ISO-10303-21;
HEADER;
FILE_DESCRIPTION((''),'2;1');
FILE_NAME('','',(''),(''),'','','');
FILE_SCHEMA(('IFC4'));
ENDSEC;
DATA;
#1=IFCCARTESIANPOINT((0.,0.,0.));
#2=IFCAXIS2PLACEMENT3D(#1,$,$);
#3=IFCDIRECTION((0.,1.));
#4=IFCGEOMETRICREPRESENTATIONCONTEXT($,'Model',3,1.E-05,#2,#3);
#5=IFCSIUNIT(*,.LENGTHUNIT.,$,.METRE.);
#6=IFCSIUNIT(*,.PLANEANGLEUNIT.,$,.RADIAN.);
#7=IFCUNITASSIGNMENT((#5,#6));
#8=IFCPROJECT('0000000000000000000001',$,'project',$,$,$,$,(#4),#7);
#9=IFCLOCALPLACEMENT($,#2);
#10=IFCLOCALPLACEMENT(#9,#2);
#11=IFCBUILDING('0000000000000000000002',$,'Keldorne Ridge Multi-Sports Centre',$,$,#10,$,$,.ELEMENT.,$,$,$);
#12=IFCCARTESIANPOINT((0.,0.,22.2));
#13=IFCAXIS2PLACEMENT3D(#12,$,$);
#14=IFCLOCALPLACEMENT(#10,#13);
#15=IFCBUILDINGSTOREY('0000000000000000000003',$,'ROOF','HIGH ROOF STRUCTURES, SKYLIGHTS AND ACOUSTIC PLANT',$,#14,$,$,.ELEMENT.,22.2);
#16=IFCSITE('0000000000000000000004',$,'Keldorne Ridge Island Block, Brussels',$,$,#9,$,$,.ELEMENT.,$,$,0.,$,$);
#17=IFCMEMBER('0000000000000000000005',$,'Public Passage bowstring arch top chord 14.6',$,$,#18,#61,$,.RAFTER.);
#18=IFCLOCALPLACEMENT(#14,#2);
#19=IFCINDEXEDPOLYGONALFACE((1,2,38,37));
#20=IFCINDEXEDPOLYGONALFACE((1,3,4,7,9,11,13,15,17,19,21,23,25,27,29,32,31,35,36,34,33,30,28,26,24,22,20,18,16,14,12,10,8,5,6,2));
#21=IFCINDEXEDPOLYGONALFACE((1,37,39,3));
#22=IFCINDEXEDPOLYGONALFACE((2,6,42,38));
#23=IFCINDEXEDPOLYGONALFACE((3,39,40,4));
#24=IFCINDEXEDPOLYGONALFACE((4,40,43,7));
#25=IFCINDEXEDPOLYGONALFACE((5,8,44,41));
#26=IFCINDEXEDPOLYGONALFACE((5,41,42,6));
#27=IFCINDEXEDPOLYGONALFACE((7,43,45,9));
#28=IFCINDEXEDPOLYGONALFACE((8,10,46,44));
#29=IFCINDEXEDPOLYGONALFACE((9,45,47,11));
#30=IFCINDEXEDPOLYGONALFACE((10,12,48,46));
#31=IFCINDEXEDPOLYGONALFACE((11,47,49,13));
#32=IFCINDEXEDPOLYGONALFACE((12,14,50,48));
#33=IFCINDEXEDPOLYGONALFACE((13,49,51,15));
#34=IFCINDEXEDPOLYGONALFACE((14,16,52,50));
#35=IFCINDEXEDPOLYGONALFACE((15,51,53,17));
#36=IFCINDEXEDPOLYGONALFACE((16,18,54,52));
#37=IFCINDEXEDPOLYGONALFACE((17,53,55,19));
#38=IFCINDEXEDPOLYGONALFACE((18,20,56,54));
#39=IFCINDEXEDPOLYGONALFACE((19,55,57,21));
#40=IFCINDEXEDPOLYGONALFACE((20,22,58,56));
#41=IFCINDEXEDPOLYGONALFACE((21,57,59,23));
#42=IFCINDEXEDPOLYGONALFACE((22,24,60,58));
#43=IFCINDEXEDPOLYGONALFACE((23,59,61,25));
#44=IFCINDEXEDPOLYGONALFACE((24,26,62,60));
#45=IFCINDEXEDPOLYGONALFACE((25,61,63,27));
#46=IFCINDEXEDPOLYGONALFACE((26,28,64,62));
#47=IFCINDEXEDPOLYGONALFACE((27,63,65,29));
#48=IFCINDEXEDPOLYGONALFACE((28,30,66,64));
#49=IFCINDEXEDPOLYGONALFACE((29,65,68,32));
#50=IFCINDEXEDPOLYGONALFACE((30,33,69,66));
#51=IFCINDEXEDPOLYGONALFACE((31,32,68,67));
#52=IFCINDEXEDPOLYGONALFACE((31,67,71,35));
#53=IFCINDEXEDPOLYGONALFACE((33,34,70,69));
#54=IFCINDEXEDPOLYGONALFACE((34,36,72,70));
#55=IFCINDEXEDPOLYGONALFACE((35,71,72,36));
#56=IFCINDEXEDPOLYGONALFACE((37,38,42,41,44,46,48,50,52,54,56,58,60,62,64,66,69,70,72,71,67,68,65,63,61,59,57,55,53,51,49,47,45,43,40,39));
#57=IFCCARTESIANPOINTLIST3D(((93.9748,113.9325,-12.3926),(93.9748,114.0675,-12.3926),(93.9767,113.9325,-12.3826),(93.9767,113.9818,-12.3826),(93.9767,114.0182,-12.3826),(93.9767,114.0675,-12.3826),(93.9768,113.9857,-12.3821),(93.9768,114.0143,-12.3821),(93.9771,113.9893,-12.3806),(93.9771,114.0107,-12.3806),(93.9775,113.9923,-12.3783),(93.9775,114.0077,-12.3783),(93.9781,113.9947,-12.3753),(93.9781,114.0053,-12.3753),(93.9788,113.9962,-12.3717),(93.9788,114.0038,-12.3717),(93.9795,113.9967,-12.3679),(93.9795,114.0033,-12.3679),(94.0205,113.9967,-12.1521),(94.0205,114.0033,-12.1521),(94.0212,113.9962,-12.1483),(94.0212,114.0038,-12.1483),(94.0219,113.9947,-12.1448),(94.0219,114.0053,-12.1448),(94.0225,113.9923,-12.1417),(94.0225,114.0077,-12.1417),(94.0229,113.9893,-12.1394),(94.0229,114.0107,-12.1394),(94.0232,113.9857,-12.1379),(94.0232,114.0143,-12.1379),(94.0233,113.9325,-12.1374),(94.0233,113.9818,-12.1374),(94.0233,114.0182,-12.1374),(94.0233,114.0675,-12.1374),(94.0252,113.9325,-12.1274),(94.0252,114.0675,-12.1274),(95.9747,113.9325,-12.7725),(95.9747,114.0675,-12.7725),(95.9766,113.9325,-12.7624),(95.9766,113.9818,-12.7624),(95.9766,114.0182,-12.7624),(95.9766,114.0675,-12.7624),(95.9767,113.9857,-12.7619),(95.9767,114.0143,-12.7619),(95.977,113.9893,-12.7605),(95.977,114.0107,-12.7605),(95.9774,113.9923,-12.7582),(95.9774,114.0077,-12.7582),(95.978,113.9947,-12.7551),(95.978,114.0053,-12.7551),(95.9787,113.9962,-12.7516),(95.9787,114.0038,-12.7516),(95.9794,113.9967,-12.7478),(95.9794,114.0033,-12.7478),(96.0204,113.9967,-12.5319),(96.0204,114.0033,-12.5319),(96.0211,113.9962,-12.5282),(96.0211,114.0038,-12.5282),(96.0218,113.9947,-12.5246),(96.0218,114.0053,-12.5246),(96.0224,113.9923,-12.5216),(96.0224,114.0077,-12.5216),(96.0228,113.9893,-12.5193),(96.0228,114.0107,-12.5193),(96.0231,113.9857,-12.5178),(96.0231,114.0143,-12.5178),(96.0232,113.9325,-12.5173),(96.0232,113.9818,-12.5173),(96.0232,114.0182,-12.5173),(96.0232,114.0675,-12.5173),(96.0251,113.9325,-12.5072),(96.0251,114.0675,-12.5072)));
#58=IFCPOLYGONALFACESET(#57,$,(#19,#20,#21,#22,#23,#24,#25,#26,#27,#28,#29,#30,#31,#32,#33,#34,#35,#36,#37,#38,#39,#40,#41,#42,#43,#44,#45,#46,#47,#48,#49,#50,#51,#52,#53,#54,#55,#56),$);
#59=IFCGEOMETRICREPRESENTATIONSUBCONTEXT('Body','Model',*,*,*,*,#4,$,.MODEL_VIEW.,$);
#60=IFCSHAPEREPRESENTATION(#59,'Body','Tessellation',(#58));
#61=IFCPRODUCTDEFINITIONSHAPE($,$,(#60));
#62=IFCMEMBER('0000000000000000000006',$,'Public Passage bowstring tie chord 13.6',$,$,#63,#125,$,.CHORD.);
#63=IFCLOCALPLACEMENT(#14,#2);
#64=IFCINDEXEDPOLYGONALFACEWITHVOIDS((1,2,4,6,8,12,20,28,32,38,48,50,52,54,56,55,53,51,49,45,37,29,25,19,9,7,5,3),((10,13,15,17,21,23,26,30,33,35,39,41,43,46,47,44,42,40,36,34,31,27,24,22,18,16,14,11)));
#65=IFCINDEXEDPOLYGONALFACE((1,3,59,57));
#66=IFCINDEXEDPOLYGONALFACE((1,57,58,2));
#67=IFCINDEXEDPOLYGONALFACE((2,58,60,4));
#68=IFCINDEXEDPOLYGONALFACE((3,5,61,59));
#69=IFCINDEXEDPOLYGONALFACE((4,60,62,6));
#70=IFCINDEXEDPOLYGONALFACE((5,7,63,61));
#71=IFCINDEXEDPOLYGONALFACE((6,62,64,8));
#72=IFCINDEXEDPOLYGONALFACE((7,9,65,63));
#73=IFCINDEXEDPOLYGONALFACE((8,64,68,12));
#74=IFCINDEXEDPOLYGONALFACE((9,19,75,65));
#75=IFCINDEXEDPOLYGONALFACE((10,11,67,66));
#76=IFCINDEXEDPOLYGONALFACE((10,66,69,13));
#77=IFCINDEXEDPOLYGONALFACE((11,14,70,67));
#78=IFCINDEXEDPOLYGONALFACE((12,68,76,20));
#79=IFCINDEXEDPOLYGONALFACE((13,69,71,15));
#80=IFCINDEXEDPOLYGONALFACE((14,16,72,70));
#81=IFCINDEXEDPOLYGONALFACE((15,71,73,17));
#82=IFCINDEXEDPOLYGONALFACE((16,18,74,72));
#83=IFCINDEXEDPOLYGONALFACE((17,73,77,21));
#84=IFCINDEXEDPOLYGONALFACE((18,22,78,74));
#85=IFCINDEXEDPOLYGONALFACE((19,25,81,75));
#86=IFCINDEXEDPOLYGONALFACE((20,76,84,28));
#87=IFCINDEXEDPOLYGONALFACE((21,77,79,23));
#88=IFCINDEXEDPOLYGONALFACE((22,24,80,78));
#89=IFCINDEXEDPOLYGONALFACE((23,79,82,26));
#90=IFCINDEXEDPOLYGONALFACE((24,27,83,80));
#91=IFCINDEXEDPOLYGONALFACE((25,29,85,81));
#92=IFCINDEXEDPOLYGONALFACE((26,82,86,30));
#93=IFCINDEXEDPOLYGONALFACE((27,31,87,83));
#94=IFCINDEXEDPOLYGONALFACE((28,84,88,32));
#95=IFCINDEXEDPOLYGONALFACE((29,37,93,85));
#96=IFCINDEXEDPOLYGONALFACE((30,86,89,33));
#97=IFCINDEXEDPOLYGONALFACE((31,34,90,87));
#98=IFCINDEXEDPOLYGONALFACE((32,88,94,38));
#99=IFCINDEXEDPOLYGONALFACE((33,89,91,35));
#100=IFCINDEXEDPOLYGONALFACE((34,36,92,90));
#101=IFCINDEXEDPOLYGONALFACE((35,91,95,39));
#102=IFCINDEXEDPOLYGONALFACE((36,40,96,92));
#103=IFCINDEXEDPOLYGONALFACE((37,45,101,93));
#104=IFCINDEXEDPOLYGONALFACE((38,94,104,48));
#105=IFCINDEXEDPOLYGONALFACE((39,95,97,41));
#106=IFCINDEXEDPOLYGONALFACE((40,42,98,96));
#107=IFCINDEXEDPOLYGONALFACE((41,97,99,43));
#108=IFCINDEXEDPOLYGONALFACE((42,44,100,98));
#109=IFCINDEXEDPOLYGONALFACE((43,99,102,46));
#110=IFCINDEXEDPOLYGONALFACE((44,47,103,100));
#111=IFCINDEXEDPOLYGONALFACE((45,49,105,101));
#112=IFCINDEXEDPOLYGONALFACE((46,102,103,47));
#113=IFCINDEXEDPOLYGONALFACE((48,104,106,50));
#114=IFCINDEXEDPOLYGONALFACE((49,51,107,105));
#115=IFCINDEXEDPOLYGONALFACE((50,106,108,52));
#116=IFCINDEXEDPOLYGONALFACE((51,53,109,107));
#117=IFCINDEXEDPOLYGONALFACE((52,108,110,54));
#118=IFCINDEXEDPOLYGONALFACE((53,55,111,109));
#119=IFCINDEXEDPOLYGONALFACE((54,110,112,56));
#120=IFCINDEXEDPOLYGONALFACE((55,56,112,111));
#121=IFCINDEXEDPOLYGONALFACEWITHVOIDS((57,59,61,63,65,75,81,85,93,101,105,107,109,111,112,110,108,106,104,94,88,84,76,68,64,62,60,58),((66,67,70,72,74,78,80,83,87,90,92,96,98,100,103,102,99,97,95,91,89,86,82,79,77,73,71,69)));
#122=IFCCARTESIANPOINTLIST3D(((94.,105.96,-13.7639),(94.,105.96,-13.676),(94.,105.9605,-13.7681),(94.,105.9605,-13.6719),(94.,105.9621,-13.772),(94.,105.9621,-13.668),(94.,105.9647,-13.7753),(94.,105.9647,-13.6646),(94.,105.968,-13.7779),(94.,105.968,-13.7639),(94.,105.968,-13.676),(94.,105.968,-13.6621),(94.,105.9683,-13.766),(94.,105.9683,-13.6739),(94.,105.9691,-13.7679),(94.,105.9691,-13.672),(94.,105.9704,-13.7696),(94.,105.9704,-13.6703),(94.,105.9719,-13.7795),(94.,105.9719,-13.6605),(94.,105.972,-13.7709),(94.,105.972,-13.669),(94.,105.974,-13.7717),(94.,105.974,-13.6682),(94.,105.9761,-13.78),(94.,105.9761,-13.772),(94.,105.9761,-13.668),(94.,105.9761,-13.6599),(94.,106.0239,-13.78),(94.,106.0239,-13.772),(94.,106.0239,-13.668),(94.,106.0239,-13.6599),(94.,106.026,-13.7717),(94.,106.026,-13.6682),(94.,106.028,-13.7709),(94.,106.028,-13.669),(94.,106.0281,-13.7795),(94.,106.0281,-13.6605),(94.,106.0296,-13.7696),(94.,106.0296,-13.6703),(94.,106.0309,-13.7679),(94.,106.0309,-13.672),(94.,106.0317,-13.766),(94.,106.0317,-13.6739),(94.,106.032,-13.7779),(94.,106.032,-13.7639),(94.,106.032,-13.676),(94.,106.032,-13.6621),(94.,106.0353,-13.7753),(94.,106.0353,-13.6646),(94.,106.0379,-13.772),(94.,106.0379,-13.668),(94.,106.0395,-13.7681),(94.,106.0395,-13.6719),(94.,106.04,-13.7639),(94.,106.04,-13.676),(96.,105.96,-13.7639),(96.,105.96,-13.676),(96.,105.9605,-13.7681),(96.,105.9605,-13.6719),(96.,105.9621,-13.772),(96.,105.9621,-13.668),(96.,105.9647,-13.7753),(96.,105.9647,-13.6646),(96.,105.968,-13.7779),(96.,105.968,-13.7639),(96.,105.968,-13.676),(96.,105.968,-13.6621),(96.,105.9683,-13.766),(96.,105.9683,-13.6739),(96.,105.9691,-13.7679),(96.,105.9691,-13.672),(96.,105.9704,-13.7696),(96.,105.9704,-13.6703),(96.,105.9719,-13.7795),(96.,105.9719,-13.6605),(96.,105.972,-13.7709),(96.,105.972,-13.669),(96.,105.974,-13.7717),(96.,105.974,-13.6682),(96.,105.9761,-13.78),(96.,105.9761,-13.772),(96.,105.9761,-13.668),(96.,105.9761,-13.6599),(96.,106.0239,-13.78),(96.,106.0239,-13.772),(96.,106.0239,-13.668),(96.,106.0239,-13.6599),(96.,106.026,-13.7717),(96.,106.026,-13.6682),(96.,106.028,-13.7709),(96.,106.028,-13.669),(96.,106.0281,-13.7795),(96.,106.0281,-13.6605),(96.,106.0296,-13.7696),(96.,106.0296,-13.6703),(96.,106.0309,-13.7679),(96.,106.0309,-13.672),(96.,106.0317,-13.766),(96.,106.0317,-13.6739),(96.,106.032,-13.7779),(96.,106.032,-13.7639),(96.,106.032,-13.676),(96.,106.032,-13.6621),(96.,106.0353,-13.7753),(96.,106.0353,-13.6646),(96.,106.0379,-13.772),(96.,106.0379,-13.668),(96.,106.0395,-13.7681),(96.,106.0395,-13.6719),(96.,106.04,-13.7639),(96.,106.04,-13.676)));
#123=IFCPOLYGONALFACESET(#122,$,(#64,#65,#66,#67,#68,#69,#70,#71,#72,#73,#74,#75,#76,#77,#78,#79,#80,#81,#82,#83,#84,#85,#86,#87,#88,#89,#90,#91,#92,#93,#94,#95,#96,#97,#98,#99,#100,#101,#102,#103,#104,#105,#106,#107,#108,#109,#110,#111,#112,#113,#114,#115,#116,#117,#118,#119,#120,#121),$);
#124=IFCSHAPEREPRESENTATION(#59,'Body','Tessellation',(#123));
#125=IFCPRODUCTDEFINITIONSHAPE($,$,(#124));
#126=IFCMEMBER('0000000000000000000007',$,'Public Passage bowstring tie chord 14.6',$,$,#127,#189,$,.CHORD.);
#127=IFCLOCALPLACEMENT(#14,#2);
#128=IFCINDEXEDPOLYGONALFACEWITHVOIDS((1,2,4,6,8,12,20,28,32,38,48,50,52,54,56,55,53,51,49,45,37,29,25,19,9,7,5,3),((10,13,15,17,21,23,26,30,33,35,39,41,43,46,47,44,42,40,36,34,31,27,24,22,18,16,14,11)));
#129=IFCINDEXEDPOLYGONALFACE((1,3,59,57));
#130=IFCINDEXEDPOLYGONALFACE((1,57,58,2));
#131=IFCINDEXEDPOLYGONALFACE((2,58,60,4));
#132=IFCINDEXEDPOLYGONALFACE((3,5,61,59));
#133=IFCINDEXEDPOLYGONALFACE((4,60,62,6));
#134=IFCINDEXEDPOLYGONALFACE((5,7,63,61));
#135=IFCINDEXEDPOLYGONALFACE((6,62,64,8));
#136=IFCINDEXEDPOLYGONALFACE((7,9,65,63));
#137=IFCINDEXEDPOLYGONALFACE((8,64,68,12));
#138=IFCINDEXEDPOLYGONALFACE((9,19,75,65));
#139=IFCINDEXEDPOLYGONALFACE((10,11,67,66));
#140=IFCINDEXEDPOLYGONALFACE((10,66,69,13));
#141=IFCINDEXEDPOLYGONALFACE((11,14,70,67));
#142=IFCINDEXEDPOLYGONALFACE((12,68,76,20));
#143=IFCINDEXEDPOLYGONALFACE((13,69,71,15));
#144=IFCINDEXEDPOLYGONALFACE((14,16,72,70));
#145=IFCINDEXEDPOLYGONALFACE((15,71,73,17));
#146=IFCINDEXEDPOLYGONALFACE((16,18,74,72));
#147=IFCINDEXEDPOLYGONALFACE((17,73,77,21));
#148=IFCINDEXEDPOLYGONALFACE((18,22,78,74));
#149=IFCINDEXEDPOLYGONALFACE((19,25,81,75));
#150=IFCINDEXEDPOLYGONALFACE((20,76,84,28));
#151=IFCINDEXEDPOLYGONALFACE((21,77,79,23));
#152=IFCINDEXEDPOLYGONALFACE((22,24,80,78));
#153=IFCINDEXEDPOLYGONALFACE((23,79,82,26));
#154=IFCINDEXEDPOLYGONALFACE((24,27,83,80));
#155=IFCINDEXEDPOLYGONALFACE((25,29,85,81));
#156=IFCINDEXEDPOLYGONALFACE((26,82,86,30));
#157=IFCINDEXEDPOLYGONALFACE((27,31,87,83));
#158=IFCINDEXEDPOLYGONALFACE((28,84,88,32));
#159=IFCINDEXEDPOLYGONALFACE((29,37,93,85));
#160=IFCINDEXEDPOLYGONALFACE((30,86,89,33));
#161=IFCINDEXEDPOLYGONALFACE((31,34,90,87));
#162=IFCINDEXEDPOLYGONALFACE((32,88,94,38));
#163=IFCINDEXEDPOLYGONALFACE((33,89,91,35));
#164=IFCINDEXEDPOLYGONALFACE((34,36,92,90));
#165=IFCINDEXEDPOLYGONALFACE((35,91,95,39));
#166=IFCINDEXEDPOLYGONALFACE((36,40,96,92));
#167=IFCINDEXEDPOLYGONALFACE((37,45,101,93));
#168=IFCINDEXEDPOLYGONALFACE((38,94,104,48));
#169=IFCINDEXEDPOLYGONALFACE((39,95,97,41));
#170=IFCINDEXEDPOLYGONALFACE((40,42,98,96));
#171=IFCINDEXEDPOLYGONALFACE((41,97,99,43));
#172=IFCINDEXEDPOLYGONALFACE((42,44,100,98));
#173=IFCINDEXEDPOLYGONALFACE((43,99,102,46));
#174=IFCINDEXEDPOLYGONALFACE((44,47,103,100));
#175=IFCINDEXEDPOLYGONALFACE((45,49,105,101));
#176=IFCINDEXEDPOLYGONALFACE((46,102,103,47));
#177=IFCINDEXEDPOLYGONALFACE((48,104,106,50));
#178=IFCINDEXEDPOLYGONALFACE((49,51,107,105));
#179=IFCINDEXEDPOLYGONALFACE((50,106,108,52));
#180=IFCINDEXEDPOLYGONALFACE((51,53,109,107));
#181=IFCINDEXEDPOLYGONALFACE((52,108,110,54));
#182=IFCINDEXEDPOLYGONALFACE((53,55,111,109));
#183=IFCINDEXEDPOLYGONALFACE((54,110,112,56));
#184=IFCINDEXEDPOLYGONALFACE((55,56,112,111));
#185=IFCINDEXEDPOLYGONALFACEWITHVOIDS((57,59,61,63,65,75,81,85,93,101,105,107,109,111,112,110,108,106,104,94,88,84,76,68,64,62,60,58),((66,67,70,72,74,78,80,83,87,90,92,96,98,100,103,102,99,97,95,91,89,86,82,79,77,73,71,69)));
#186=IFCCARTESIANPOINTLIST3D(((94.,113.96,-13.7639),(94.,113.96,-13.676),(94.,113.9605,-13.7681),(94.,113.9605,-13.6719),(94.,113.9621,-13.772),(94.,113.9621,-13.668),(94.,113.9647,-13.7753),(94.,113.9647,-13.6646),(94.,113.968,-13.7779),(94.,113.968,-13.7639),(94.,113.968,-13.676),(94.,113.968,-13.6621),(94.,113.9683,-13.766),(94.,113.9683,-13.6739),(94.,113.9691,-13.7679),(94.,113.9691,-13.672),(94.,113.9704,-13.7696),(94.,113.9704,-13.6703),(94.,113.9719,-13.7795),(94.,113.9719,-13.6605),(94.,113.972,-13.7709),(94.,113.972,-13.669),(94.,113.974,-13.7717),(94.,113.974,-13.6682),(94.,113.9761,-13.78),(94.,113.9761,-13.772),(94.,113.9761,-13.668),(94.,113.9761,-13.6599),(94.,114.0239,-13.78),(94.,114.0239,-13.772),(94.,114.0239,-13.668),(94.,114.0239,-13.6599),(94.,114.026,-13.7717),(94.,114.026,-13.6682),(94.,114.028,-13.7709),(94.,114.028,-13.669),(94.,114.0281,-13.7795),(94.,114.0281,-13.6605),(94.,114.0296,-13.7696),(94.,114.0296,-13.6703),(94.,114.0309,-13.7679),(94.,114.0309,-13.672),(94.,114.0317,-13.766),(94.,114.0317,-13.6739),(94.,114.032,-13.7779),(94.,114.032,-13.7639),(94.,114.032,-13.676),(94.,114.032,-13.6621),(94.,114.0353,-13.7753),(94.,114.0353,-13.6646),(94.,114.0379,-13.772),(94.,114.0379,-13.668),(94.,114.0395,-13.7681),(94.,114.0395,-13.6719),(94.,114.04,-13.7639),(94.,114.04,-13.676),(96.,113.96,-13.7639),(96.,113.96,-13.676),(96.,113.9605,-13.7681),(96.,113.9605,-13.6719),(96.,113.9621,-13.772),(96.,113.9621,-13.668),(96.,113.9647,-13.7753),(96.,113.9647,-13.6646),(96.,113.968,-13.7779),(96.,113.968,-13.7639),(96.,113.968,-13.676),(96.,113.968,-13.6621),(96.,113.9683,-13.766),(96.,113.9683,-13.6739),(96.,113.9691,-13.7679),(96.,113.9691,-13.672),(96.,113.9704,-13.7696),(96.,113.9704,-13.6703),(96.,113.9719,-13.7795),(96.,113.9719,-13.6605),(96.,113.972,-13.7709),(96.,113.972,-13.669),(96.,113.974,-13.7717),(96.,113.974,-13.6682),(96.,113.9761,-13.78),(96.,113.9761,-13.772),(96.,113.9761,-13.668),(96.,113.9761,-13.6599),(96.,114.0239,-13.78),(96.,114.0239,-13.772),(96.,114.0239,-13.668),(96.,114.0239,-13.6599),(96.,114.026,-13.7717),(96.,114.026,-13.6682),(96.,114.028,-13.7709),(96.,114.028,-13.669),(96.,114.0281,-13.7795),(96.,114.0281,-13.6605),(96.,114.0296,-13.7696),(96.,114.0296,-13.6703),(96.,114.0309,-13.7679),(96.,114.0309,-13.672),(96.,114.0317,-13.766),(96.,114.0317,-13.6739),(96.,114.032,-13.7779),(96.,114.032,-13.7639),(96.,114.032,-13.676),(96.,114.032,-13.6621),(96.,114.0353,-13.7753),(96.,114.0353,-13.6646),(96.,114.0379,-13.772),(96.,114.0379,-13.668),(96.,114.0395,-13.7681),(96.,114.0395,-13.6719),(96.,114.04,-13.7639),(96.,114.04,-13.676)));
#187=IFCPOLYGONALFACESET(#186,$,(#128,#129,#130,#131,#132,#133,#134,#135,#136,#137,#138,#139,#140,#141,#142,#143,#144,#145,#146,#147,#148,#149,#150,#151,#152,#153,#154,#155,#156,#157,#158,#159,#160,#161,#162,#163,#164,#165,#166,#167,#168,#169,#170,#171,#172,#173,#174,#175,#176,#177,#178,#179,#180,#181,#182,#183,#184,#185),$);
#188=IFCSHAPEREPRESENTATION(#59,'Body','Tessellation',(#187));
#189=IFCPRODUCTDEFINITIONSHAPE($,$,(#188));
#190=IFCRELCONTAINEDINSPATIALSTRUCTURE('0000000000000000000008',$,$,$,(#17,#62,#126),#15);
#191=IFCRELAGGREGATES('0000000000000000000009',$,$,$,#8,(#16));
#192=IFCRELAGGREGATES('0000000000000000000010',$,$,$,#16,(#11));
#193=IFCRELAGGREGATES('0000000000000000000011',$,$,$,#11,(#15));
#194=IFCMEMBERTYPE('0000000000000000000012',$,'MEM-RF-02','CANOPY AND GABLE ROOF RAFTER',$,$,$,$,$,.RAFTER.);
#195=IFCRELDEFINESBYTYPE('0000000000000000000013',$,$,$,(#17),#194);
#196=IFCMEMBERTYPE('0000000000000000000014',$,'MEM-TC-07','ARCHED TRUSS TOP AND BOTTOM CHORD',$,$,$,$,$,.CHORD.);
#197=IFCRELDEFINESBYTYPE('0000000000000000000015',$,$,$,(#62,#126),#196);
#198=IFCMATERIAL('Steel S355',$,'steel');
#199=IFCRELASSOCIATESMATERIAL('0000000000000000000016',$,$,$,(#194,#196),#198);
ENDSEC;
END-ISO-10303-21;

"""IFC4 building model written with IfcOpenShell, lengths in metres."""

from ifc_helpers import new_model, si_unit, direction, frame, origin, origin_2d, place, context, subcontext, project, spatial, hollow_rectangle, i_section, extrude, material, material_profile, profile_set, type_object, element, save


model = new_model("IFC4")

# Units and contexts
model_context = context("Model", 3, precision=1e-05, world=origin(), true_north=direction((0.0, 1.0)))
body_context = subcontext(model_context, "Body", "Model", "MODEL_VIEW")
ifc_project = project(units=[si_unit("LENGTHUNIT", "METRE"), si_unit("PLANEANGLEUNIT", "RADIAN")], contexts=[model_context])

# Site, building, storey
site_placement = place(None, origin())
site = spatial("IfcSite", under=ifc_project, at=site_placement, Name="Keldorne Ridge Island Block, Brussels", CompositionType="ELEMENT", RefElevation=0.0)
building_placement = place(site_placement, origin())
building = spatial("IfcBuilding", under=site, at=building_placement, Name="Keldorne Ridge Multi-Sports Centre", CompositionType="ELEMENT")
storey_placement = place(building_placement, frame((0.0, 0.0, 22.2)))
storey = spatial("IfcBuildingStorey", under=building, at=storey_placement, Name="ROOF", Description="HIGH ROOF STRUCTURES, SKYLIGHTS AND ACOUSTIC PLANT", CompositionType="ELEMENT", Elevation=22.2)

# Shared definitions
ifc_material_1 = material(Name="Steel S355", Category="steel")

# Members
ifc_material_profile_1 = material_profile(ifc_material_1, i_section(OverallWidth=0.135, OverallDepth=0.27, WebThickness=0.0066, FlangeThickness=0.0103, FilletRadius=0.0149, at=origin_2d()), Name="IPE 270")
ifc_profile_set_1 = profile_set([ifc_material_profile_1], Name="Steel S355")
member_type_1 = type_object("IfcMemberType", Name="MEM-RF-02", Description="CANOPY AND GABLE ROOF RAFTER", PredefinedType="RAFTER", material=ifc_profile_set_1)
for number, where, z_axis, x_axis, name in (
    (1, (94.0, 114.0, -12.26), (0.982435, 0.0, -0.186605), (0.0, 1.0, 0.0), "Public Passage bowstring arch top chord 14.6"),
):
    element("IfcMember", number, at=place(storey_placement, frame(where, z_axis=z_axis, x_axis=x_axis)), inside=storey, type_object=member_type_1, Name=name, PredefinedType="RAFTER", context=body_context, shape_type="SweptSolid", body=[
        extrude(i_section(OverallWidth=0.135, OverallDepth=0.27, WebThickness=0.0066, FlangeThickness=0.0103, FilletRadius=0.0149, at=origin_2d()), origin(), (0.0, 0.0, 1.0), 2.0356),
    ])
ifc_material_profile_2 = material_profile(ifc_material_1, hollow_rectangle(XDim=0.0801, YDim=0.1201, WallThickness=0.0081, InnerFilletRadius=0.0081, OuterFilletRadius=0.0161, at=origin_2d()), Name="RHS 120x80x8")
ifc_profile_set_2 = profile_set([ifc_material_profile_2], Name="Steel S355")
member_type_2 = type_object("IfcMemberType", Name="MEM-TC-07", Description="ARCHED TRUSS TOP AND BOTTOM CHORD", PredefinedType="CHORD", material=ifc_profile_set_2)
for number, where, z_axis, x_axis, name in (
    (2, (94.0, 106.0, -13.72), (1.0, 0.0, 0.0), (0.0, 1.0, 0.0), "Public Passage bowstring tie chord 13.6"),
    (3, (94.0, 114.0, -13.72), (1.0, 0.0, 0.0), (0.0, 1.0, 0.0), "Public Passage bowstring tie chord 14.6"),
):
    element("IfcMember", number, at=place(storey_placement, frame(where, z_axis=z_axis, x_axis=x_axis)), inside=storey, type_object=member_type_2, Name=name, PredefinedType="CHORD", context=body_context, shape_type="SweptSolid", body=[
        extrude(hollow_rectangle(XDim=0.0801, YDim=0.1201, WallThickness=0.0081, InnerFilletRadius=0.0081, OuterFilletRadius=0.0161, at=origin_2d()), origin(), (0.0, 0.0, 1.0), 2.0),
    ])

save(model, "model.ifc")
